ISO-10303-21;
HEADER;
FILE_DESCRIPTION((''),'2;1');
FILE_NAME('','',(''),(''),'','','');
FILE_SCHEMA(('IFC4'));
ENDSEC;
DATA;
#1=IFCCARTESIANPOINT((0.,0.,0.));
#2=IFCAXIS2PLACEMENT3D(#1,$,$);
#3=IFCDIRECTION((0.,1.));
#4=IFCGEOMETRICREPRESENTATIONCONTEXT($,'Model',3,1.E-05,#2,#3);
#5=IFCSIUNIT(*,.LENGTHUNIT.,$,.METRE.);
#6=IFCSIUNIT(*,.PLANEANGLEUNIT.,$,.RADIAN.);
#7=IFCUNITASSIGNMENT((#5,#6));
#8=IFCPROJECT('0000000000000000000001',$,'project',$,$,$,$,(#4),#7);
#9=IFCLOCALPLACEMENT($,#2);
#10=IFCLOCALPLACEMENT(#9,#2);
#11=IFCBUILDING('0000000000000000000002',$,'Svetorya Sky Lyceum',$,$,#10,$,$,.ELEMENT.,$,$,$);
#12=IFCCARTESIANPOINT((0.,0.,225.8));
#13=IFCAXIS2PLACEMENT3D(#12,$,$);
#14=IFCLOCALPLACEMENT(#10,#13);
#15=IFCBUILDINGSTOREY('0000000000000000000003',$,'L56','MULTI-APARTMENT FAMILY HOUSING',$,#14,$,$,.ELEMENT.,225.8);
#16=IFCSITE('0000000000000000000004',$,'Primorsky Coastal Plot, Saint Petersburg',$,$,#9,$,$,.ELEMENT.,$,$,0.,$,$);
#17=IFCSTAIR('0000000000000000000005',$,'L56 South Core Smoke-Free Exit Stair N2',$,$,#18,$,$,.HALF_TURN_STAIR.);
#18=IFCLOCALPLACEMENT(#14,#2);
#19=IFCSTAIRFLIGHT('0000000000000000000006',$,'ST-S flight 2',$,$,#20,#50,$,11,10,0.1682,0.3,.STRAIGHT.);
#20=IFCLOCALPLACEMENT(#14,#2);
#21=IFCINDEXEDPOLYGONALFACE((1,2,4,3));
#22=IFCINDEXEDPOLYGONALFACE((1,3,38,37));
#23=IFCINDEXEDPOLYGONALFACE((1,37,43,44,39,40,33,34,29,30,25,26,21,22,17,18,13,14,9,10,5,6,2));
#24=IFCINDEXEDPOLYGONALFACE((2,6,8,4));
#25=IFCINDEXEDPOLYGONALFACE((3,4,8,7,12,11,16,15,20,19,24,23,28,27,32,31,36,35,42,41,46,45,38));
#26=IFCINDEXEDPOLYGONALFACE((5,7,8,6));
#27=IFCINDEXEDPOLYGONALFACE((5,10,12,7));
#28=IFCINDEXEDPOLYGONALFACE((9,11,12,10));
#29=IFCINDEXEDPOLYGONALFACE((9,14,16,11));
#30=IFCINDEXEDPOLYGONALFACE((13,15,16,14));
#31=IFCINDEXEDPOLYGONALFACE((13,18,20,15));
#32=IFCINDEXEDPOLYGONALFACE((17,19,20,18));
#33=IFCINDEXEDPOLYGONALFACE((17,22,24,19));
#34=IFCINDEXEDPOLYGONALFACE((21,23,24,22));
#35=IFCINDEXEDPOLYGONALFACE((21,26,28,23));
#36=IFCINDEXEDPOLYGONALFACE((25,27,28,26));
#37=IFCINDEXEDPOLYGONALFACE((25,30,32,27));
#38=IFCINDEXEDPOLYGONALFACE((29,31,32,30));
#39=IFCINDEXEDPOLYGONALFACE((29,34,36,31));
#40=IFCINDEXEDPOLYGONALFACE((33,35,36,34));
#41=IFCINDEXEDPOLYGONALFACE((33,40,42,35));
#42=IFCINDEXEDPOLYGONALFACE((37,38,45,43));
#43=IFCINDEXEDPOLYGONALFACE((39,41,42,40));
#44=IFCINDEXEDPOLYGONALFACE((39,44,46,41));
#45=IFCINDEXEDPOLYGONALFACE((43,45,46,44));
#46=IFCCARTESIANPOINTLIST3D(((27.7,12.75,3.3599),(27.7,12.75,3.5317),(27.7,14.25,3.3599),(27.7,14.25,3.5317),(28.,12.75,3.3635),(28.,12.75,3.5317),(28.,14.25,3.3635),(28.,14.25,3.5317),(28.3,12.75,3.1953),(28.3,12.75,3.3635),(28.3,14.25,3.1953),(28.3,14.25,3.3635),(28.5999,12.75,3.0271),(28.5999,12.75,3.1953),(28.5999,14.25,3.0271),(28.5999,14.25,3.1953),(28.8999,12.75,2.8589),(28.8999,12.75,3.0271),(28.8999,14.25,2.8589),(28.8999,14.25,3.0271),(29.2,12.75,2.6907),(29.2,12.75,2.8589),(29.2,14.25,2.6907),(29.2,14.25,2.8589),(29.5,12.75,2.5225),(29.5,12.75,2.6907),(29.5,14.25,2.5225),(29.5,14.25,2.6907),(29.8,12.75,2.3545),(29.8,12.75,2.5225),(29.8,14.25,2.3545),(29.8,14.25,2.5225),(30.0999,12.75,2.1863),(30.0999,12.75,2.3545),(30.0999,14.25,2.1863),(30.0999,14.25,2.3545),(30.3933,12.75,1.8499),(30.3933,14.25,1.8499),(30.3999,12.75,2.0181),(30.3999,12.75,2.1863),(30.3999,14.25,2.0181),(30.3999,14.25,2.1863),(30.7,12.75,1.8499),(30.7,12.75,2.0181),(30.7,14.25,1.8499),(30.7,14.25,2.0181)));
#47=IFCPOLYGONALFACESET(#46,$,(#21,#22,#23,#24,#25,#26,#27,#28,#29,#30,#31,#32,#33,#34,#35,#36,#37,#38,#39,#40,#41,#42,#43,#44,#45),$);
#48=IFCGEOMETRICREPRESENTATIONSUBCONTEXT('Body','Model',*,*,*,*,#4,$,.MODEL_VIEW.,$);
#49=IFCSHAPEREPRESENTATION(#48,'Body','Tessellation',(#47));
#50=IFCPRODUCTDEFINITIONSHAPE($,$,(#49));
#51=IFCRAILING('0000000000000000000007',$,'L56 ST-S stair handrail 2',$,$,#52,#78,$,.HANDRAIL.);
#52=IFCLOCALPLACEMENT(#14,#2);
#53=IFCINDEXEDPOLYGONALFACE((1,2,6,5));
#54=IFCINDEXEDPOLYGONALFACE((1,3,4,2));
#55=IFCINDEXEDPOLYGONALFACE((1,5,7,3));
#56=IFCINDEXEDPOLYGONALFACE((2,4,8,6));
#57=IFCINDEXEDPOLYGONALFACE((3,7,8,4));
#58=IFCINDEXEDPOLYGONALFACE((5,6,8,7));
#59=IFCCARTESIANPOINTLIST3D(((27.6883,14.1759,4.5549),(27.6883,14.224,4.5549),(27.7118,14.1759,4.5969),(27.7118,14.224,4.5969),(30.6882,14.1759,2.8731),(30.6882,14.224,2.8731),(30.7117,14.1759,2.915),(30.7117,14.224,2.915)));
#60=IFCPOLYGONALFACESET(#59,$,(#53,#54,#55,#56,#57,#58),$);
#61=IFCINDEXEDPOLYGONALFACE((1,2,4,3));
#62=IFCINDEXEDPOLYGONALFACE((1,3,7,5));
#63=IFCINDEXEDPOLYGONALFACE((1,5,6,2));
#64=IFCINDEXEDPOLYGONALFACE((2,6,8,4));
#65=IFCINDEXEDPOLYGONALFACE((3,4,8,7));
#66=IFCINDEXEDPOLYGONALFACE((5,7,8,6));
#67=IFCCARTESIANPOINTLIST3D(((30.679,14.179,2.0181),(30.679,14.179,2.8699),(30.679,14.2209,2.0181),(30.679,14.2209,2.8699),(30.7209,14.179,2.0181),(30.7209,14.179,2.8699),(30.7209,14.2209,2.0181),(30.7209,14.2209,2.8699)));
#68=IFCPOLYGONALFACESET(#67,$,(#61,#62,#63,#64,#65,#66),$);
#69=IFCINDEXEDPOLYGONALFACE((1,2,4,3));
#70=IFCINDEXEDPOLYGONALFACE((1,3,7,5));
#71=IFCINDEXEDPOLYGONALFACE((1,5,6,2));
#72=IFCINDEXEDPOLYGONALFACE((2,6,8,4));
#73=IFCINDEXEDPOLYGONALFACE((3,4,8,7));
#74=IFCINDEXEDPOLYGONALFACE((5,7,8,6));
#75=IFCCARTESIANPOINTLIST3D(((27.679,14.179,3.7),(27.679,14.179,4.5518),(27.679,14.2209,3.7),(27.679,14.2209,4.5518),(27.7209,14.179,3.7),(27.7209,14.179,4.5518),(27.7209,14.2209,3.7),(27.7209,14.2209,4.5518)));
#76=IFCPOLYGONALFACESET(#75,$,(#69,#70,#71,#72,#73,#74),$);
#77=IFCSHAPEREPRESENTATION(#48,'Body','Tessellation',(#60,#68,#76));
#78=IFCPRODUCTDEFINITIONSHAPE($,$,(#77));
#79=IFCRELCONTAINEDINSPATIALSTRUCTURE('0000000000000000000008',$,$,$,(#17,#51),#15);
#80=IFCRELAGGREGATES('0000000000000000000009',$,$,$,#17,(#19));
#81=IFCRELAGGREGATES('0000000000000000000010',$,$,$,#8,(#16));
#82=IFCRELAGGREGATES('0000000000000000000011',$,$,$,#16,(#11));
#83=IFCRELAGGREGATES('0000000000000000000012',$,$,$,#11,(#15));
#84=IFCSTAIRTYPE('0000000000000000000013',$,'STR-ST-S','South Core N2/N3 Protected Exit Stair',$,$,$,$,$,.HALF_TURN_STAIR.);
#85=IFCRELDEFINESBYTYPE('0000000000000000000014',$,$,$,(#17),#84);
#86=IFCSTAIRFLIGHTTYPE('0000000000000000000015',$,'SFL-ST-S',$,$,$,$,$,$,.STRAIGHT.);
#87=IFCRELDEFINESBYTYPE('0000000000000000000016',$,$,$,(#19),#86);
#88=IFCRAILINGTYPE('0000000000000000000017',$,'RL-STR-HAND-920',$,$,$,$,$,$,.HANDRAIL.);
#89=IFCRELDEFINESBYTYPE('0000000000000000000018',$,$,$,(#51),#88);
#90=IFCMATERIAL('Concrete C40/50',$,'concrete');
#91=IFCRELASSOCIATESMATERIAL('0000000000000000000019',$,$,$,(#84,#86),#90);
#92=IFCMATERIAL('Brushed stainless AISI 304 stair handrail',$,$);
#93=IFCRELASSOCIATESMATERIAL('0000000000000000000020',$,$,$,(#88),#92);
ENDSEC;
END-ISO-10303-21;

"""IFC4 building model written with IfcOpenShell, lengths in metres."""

from ifc_helpers import new_model, si_unit, direction, frame, origin, origin_2d, place, context, subcontext, project, spatial, polyline, rectangle, outline, extrude, material, type_object, element, aggregate, save


model = new_model("IFC4")

# Units and contexts
model_context = context("Model", 3, precision=1e-05, world=origin(), true_north=direction((0.0, 1.0)))
body_context = subcontext(model_context, "Body", "Model", "MODEL_VIEW")
ifc_project = project(units=[si_unit("LENGTHUNIT", "METRE"), si_unit("PLANEANGLEUNIT", "RADIAN")], contexts=[model_context])

# Site, building, storey
site_placement = place(None, origin())
site = spatial("IfcSite", under=ifc_project, at=site_placement, Name="Primorsky Coastal Plot, Saint Petersburg", CompositionType="ELEMENT", RefElevation=0.0)
building_placement = place(site_placement, origin())
building = spatial("IfcBuilding", under=site, at=building_placement, Name="Svetorya Sky Lyceum", CompositionType="ELEMENT")
storey_placement = place(building_placement, frame((0.0, 0.0, 225.8)))
storey = spatial("IfcBuildingStorey", under=building, at=storey_placement, Name="L56", Description="MULTI-APARTMENT FAMILY HOUSING", CompositionType="ELEMENT", Elevation=225.8)

# Stair, stair flight
ifc_material_1 = material(Name="Concrete C40/50", Category="concrete")
stair_type = type_object("IfcStairType", Name="STR-ST-S", Description="South Core N2/N3 Protected Exit Stair", PredefinedType="HALF_TURN_STAIR", material=ifc_material_1)
stair_placement = place(storey_placement, origin())
stair = element("IfcStair", 1, at=stair_placement, inside=storey, type_object=stair_type, Name="L56 South Core Smoke-Free Exit Stair N2", PredefinedType="HALF_TURN_STAIR")
stair_flight_type = type_object("IfcStairFlightType", Name="SFL-ST-S", PredefinedType="STRAIGHT", material=ifc_material_1)
stair_flight_placement = place(storey_placement, frame((30.7, 13.5, 1.8499), z_axis=(0.0, 0.0, 1.0), x_axis=(-1.0, 0.0, 0.0)))
stair_flight = element("IfcStairFlight", 2, at=stair_flight_placement, type_object=stair_flight_type, Name="ST-S flight 2", NumberOfRisers=11, NumberOfTreads=10, PredefinedType="STRAIGHT", RiserHeight=0.1682, TreadLength=0.3, context=body_context, shape_type="SweptSolid", body=[
    extrude(outline(polyline([(0.0, 0.0), (0.0, 0.1682), (0.3, 0.1682), (0.3, 0.3364), (0.6001, 0.3364), (0.6001, 0.5046), (0.8999, 0.5046), (0.8999, 0.6726), (1.2, 0.6726), (1.2, 0.8408), (1.5, 0.8408), (1.5, 1.009), (1.8, 1.009), (1.8, 1.1772), (2.1001, 1.1772), (2.1001, 1.3455), (2.3999, 1.3455), (2.3999, 1.5137), (2.7, 1.5137), (2.7, 1.6819), (3.0, 1.6819), (3.0, 1.8501), (3.0, 1.51), (0.3066, 0.0), (0.0, 0.0)])), frame((0.0, 0.75, 0.0), z_axis=(0.0, -1.0, 0.0), x_axis=(1.0, 0.0, 0.0)), (0.0, 0.0, 1.0), 1.5),
])
aggregate(stair, [stair_flight])

# Railing
ifc_material_2 = material(Name="Brushed stainless AISI 304 stair handrail")
railing_type = type_object("IfcRailingType", Name="RL-STR-HAND-920", PredefinedType="HANDRAIL", material=ifc_material_2)
railing_placement = place(storey_placement, frame((30.7, 14.2, 2.0181)))
element("IfcRailing", 3, at=railing_placement, inside=storey, type_object=railing_type, Name="L56 ST-S stair handrail 2", PredefinedType="HANDRAIL", context=body_context, shape_type="SweptSolid", body=[
    extrude(rectangle(XDim=0.0481, YDim=0.0481, at=origin_2d()), frame((0.0, 0.0, 0.876), z_axis=(-0.872272, 0.0, 0.48902), x_axis=(0.0, -1.0, 0.0)), (0.0, 0.0, 1.0), 3.4392),
    extrude(rectangle(XDim=0.042, YDim=0.042, at=origin_2d()), origin(), (0.0, 0.0, 1.0), 0.8518),
    extrude(rectangle(XDim=0.042, YDim=0.042, at=origin_2d()), frame((-3.0, 0.0, 1.6819)), (0.0, 0.0, 1.0), 0.8518),
])

save(model, "model.ifc")
